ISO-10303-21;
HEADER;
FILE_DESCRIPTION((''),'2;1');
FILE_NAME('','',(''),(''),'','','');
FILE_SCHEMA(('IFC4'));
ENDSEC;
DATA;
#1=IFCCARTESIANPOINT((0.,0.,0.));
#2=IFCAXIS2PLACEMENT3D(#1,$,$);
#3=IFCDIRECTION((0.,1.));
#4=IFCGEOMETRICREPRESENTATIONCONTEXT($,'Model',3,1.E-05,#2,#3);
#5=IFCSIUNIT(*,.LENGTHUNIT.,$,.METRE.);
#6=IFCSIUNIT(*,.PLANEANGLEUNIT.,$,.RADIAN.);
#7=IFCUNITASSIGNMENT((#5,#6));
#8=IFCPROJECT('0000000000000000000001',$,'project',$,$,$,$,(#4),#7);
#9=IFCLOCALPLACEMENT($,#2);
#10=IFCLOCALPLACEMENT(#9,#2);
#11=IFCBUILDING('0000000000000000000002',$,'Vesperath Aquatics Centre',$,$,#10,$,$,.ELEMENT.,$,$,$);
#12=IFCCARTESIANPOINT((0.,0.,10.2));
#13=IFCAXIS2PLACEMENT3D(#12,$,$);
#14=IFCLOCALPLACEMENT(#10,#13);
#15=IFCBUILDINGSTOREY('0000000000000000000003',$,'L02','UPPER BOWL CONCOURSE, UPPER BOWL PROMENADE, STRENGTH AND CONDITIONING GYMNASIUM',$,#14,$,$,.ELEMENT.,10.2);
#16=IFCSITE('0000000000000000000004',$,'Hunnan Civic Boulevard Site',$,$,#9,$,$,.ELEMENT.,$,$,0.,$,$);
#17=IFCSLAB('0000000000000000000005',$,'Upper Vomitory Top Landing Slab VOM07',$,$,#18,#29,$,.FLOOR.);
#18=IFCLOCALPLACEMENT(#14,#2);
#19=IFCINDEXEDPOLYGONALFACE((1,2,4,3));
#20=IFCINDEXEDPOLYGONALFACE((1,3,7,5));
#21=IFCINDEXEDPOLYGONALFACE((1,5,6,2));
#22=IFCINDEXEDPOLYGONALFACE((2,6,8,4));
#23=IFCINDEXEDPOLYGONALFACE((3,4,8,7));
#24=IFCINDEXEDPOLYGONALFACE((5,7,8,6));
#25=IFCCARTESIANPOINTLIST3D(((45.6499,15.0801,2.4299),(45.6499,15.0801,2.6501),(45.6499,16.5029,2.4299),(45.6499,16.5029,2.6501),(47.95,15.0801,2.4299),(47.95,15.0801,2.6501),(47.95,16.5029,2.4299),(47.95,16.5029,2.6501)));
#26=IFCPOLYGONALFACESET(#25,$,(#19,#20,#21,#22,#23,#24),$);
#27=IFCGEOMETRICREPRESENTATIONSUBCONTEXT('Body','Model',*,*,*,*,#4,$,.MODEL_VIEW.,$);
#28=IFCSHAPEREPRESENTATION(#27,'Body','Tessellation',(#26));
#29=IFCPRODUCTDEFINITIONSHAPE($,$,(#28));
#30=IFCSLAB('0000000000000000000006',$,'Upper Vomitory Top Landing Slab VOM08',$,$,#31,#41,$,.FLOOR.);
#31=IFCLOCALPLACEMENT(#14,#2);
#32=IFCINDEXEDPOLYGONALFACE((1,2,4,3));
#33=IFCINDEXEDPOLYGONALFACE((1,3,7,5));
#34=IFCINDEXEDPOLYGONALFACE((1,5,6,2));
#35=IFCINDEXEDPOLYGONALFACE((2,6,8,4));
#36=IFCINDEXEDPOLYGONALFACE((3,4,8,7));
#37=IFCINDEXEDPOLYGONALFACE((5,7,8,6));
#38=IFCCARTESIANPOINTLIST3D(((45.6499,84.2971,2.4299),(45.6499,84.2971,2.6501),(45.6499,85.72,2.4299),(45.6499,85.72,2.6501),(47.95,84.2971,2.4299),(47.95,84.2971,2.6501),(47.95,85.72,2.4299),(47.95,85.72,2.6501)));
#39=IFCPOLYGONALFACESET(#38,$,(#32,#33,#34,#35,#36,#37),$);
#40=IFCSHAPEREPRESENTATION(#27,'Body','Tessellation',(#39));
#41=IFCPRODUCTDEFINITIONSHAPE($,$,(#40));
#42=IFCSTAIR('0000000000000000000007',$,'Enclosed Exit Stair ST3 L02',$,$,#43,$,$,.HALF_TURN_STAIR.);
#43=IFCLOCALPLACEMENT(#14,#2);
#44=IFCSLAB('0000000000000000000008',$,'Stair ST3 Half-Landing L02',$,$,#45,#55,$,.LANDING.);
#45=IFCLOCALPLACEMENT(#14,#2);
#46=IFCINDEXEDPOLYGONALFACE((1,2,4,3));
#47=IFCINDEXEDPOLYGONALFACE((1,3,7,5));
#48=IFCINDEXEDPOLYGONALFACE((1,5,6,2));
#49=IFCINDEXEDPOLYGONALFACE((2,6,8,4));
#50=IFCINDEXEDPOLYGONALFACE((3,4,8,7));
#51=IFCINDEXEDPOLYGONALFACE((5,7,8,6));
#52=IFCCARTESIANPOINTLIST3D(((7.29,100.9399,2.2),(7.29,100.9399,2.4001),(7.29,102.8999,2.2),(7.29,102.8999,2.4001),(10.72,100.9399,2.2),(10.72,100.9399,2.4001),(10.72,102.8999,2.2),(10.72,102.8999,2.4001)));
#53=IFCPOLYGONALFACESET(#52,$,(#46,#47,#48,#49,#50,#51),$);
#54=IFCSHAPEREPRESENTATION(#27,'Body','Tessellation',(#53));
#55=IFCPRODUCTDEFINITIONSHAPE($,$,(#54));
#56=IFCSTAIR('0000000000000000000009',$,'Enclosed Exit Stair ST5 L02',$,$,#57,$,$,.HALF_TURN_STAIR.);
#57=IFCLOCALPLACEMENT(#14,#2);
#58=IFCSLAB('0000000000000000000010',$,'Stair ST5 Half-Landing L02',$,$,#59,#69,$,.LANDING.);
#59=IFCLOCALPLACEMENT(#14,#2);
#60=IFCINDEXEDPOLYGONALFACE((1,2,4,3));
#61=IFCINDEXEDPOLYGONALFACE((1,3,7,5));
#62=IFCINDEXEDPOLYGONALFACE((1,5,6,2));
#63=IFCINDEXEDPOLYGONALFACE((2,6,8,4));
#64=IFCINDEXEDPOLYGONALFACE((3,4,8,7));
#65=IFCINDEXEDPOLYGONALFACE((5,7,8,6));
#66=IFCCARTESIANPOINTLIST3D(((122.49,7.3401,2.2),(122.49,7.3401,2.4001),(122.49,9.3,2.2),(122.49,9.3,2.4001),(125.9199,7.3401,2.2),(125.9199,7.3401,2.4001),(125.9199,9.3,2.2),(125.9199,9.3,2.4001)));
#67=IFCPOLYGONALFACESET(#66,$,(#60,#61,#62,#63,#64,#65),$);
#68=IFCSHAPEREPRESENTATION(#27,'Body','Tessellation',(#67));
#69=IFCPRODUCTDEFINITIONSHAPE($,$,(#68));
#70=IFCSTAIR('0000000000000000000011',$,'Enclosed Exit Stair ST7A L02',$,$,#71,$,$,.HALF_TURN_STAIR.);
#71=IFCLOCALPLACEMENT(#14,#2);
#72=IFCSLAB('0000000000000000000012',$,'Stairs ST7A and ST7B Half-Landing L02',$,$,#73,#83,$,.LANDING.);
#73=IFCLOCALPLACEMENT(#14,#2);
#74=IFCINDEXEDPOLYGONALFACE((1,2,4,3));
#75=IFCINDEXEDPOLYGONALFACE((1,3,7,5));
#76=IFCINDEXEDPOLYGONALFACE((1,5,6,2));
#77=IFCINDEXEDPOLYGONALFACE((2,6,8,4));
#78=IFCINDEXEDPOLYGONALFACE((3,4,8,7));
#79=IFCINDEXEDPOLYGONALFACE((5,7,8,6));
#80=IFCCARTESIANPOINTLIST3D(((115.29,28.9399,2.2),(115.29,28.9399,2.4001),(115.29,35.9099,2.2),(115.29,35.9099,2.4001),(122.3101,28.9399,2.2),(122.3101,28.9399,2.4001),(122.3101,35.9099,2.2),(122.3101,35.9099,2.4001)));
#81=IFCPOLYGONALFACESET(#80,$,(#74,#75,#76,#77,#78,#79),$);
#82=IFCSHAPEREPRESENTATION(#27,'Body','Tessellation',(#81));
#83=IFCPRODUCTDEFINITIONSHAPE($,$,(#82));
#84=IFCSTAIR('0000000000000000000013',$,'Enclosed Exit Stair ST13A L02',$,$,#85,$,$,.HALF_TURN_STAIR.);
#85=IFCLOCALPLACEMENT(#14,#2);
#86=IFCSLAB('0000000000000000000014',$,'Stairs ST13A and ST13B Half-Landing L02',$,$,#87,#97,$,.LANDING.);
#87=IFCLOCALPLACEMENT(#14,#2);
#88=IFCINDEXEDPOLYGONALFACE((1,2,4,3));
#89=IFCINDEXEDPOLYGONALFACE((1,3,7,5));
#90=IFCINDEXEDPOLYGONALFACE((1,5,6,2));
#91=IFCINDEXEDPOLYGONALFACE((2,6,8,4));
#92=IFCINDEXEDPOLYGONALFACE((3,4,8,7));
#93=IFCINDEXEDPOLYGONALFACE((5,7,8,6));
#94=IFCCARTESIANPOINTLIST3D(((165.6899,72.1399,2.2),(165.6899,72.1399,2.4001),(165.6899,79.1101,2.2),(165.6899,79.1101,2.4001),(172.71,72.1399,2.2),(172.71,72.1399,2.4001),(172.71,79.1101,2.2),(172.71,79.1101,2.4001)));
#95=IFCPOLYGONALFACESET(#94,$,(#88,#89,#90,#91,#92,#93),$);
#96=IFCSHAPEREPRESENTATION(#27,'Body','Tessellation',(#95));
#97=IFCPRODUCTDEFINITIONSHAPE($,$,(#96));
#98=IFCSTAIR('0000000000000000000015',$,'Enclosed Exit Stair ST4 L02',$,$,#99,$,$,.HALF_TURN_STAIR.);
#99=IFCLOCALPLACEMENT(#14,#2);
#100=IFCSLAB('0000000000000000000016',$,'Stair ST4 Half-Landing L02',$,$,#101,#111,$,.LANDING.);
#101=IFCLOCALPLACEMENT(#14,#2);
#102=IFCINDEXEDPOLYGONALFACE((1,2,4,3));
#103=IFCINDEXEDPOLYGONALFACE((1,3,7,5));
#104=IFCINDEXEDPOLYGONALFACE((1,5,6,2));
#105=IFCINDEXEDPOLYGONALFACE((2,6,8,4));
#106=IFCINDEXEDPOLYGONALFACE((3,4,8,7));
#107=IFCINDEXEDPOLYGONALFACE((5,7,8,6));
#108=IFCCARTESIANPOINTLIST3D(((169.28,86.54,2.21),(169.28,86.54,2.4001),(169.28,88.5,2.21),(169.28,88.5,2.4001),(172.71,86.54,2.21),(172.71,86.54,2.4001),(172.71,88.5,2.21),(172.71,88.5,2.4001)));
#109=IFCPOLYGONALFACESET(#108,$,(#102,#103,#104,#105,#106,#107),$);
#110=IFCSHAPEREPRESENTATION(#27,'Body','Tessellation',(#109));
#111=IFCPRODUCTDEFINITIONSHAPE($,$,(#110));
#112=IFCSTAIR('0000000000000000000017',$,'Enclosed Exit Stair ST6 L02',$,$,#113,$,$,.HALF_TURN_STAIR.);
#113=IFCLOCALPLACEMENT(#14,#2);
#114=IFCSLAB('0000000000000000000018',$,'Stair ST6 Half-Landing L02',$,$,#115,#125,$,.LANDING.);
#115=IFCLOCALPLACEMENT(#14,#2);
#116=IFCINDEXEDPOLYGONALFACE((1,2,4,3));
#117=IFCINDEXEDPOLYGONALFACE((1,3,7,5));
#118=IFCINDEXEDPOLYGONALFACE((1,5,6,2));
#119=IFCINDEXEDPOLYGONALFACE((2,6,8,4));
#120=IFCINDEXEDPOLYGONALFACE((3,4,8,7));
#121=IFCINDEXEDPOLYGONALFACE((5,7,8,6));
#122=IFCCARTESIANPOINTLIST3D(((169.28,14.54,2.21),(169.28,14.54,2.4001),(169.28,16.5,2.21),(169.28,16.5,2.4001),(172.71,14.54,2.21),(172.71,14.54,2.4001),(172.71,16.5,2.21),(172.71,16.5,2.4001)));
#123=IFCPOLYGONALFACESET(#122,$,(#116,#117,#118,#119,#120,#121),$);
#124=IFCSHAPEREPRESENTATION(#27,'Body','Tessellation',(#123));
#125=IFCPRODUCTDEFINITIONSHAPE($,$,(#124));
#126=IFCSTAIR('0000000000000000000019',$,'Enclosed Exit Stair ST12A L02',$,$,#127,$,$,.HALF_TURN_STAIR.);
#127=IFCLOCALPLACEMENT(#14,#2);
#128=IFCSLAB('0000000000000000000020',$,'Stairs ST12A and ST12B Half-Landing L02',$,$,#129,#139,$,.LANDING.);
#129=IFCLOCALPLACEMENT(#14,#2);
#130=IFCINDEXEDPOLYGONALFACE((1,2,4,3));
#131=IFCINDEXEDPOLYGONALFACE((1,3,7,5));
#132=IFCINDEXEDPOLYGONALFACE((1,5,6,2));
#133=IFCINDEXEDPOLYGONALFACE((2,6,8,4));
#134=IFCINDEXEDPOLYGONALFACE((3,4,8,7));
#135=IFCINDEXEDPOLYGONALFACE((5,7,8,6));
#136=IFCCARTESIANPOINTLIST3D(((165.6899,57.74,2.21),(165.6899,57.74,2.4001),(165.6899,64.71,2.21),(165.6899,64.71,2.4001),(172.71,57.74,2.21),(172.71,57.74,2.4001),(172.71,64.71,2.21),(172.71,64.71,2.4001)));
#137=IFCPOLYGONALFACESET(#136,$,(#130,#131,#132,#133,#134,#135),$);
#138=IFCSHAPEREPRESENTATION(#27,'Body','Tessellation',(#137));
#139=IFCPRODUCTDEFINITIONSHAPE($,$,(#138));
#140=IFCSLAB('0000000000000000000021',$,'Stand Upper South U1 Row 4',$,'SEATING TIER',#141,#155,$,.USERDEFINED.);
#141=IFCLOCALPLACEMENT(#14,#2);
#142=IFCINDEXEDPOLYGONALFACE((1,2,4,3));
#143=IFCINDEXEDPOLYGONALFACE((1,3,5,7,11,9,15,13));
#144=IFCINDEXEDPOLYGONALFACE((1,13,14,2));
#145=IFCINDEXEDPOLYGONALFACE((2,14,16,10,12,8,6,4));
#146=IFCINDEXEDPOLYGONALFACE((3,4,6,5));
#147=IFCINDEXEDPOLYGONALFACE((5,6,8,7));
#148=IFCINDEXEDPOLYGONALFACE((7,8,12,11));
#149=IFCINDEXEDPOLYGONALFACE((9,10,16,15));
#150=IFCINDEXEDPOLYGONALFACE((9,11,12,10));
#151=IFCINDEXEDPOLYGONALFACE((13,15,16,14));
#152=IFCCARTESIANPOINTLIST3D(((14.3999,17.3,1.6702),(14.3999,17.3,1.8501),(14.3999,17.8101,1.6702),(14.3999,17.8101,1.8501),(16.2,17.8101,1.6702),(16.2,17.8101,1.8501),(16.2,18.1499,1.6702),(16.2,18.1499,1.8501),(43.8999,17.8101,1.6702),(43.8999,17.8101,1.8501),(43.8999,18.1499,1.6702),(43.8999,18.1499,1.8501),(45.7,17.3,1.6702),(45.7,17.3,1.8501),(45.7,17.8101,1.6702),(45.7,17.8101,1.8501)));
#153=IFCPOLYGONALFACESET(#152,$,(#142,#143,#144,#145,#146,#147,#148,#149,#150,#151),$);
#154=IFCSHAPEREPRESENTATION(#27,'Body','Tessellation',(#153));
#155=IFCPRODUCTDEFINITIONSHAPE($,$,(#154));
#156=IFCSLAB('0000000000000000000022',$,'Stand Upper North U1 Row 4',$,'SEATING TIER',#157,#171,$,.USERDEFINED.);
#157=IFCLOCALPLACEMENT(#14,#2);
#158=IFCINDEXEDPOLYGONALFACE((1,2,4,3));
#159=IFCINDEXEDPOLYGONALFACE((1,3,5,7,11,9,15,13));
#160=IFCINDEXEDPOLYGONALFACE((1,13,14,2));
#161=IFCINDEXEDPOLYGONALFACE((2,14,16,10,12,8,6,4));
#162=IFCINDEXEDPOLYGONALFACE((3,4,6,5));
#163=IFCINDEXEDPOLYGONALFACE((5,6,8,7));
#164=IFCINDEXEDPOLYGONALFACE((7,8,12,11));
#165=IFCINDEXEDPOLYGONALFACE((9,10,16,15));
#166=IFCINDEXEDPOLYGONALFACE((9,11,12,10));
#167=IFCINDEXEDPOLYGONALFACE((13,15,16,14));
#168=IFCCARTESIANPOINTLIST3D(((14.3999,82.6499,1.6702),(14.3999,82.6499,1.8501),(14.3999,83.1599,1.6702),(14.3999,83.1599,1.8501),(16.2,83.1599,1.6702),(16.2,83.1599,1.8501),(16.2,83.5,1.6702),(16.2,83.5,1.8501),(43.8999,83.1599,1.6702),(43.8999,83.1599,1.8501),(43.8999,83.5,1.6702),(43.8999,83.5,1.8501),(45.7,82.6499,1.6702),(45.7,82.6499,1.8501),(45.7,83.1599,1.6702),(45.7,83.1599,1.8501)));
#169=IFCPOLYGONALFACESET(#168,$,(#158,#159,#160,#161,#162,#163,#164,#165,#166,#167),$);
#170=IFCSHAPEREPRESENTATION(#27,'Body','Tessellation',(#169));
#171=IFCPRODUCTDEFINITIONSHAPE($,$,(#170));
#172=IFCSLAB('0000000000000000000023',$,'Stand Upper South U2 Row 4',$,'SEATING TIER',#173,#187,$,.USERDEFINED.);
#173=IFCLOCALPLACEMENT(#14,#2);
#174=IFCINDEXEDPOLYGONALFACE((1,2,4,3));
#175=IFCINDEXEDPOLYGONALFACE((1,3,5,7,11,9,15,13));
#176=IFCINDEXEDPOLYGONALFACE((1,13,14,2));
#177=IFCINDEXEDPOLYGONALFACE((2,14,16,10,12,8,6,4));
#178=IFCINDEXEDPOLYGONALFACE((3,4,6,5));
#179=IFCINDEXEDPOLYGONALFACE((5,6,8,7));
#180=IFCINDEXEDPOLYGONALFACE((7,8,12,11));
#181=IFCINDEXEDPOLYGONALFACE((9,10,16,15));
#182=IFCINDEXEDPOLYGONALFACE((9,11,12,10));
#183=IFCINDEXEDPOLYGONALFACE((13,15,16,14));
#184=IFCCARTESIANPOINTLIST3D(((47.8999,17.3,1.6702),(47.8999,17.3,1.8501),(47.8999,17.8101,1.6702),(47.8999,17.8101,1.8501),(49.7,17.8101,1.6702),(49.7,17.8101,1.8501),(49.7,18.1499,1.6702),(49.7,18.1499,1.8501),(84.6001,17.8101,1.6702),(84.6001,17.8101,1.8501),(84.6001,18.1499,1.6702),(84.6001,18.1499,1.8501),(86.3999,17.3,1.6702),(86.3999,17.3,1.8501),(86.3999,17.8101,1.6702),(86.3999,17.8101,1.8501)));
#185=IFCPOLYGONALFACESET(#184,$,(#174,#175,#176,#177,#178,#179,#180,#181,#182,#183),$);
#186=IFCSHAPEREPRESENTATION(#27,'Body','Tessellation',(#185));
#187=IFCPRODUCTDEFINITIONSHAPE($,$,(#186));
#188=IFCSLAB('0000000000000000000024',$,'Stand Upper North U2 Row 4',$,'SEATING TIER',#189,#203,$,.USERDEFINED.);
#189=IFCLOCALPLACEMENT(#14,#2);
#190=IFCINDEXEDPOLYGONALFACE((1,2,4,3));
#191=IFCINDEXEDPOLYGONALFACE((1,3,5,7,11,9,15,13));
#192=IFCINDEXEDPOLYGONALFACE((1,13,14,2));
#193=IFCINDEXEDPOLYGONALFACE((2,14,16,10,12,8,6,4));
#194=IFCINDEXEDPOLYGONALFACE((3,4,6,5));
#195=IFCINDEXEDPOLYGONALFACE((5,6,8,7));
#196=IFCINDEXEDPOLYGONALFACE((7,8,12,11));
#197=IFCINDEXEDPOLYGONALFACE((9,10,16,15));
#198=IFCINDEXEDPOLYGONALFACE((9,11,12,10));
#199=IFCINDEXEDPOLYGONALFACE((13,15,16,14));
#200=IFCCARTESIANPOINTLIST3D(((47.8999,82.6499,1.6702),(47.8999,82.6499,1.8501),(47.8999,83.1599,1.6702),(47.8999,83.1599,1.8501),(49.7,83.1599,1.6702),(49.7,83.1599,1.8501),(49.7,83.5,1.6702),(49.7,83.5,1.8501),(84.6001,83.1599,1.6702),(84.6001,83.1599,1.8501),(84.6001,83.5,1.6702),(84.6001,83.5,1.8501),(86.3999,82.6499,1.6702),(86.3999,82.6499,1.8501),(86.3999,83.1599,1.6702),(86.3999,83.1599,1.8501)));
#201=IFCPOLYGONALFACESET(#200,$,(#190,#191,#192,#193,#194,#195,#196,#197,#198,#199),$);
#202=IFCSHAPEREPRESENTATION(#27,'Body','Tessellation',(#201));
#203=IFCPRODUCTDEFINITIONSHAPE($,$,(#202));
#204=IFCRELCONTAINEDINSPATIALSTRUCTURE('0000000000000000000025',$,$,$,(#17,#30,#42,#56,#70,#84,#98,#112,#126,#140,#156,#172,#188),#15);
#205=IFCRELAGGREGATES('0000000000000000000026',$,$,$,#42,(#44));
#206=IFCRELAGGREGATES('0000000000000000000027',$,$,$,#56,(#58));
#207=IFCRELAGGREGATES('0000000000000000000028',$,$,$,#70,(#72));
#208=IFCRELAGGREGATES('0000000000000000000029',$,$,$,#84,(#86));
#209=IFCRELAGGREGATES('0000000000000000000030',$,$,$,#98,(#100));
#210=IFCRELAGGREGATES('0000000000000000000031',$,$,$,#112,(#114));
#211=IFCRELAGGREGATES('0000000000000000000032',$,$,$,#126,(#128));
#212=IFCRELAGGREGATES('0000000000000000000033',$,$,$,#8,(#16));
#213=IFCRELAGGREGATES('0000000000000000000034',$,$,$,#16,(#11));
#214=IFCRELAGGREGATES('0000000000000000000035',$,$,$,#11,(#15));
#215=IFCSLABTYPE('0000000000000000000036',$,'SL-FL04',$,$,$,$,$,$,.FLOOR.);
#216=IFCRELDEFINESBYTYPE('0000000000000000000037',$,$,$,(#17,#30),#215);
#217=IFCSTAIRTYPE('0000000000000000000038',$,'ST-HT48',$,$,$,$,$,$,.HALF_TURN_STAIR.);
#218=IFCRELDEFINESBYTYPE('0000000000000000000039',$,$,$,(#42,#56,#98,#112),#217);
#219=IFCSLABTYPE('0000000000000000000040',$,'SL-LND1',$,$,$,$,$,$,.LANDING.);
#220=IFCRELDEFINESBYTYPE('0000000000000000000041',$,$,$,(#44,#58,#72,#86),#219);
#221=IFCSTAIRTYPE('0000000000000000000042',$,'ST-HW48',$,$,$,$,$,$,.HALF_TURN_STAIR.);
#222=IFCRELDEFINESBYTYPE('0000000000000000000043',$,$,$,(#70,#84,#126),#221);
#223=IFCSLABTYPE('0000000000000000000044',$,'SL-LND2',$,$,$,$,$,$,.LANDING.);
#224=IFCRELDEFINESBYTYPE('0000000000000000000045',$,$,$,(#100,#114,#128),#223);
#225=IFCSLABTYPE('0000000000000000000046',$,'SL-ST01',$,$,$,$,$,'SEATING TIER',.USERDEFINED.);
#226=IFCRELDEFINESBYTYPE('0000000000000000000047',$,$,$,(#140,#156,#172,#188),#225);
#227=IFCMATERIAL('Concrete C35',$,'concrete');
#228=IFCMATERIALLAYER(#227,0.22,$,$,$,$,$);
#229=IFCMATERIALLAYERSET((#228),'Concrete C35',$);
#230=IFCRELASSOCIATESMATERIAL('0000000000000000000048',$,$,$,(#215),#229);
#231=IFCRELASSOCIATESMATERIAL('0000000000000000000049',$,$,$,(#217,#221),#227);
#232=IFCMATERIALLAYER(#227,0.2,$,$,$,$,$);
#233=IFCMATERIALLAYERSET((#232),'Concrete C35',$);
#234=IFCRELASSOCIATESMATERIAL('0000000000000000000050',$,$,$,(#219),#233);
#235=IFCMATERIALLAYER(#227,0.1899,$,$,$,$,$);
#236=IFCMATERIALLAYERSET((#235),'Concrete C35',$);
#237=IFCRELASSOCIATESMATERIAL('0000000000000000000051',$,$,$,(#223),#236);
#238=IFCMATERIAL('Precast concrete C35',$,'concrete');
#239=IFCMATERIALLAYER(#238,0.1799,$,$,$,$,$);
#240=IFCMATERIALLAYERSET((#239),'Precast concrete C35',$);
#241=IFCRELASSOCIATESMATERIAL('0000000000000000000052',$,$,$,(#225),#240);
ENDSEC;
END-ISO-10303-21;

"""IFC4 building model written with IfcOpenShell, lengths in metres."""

from ifc_helpers import new_model, si_unit, direction, frame, origin, place, context, subcontext, project, spatial, polyline, outline, extrude, material, layer, layer_set, type_object, element, aggregate, save


model = new_model("IFC4")

# Units and contexts
model_context = context("Model", 3, precision=1e-05, world=origin(), true_north=direction((0.0, 1.0)))
body_context = subcontext(model_context, "Body", "Model", "MODEL_VIEW")
ifc_project = project(units=[si_unit("LENGTHUNIT", "METRE"), si_unit("PLANEANGLEUNIT", "RADIAN")], contexts=[model_context])

# Site, building, storey
site_placement = place(None, origin())
site = spatial("IfcSite", under=ifc_project, at=site_placement, Name="Hunnan Civic Boulevard Site", CompositionType="ELEMENT", RefElevation=0.0)
building_placement = place(site_placement, origin())
building = spatial("IfcBuilding", under=site, at=building_placement, Name="Vesperath Aquatics Centre", CompositionType="ELEMENT")
storey_placement = place(building_placement, frame((0.0, 0.0, 10.2)))
storey = spatial("IfcBuildingStorey", under=building, at=storey_placement, Name="L02", Description="UPPER BOWL CONCOURSE, UPPER BOWL PROMENADE, STRENGTH AND CONDITIONING GYMNASIUM", CompositionType="ELEMENT", Elevation=10.2)

# Slabs
ifc_material_1 = material(Name="Concrete C35", Category="concrete")
ifc_layer_1 = layer(ifc_material_1, 0.22)
ifc_layer_set_1 = layer_set([ifc_layer_1], Name="Concrete C35")
slab_type_1 = type_object("IfcSlabType", Name="SL-FL04", PredefinedType="FLOOR", material=ifc_layer_set_1)
slab_1_placement = place(storey_placement, frame((0.0, 0.0, 2.4299)))
element("IfcSlab", 1, at=slab_1_placement, inside=storey, type_object=slab_type_1, Name="Upper Vomitory Top Landing Slab VOM07", PredefinedType="FLOOR", context=body_context, shape_type="SweptSolid", body=[
    extrude(outline(polyline([(45.6499, 15.0801), (47.95, 15.0801), (47.95, 16.5029), (45.6499, 16.5029), (45.6499, 15.0801)])), origin(), (0.0, 0.0, 1.0), 0.2202),
])
slab_2_placement = place(storey_placement, frame((0.0, 0.0, 2.4299)))
element("IfcSlab", 2, at=slab_2_placement, inside=storey, type_object=slab_type_1, Name="Upper Vomitory Top Landing Slab VOM08", PredefinedType="FLOOR", context=body_context, shape_type="SweptSolid", body=[
    extrude(outline(polyline([(45.6499, 84.2971), (47.95, 84.2971), (47.95, 85.72), (45.6499, 85.72), (45.6499, 84.2971)])), origin(), (0.0, 0.0, 1.0), 0.2202),
])

# Stairs, slabs
stair_type_1 = type_object("IfcStairType", Name="ST-HT48", PredefinedType="HALF_TURN_STAIR", material=ifc_material_1)
stair_1_placement = place(storey_placement, origin())
stair_1 = element("IfcStair", 3, at=stair_1_placement, inside=storey, type_object=stair_type_1, Name="Enclosed Exit Stair ST3 L02", PredefinedType="HALF_TURN_STAIR")
ifc_layer_2 = layer(ifc_material_1, 0.2)
ifc_layer_set_2 = layer_set([ifc_layer_2], Name="Concrete C35")
slab_type_2 = type_object("IfcSlabType", Name="SL-LND1", PredefinedType="LANDING", material=ifc_layer_set_2)
slab_3_placement = place(storey_placement, frame((0.0, 0.0, 2.2)))
slab_3 = element("IfcSlab", 4, at=slab_3_placement, type_object=slab_type_2, Name="Stair ST3 Half-Landing L02", PredefinedType="LANDING", context=body_context, shape_type="SweptSolid", body=[
    extrude(outline(polyline([(7.29, 100.9399), (10.72, 100.9399), (10.72, 102.8999), (7.29, 102.8999), (7.29, 100.9399)])), origin(), (0.0, 0.0, 1.0), 0.2002),
])
aggregate(stair_1, [slab_3])
stair_2_placement = place(storey_placement, origin())
stair_2 = element("IfcStair", 5, at=stair_2_placement, inside=storey, type_object=stair_type_1, Name="Enclosed Exit Stair ST5 L02", PredefinedType="HALF_TURN_STAIR")
slab_4_placement = place(storey_placement, frame((0.0, 0.0, 2.2)))
slab_4 = element("IfcSlab", 6, at=slab_4_placement, type_object=slab_type_2, Name="Stair ST5 Half-Landing L02", PredefinedType="LANDING", context=body_context, shape_type="SweptSolid", body=[
    extrude(outline(polyline([(122.49, 7.3401), (125.9199, 7.3401), (125.9199, 9.3), (122.49, 9.3), (122.49, 7.3401)])), origin(), (0.0, 0.0, 1.0), 0.2002),
])
aggregate(stair_2, [slab_4])
stair_type_2 = type_object("IfcStairType", Name="ST-HW48", PredefinedType="HALF_TURN_STAIR", material=ifc_material_1)
stair_3_placement = place(storey_placement, origin())
stair_3 = element("IfcStair", 7, at=stair_3_placement, inside=storey, type_object=stair_type_2, Name="Enclosed Exit Stair ST7A L02", PredefinedType="HALF_TURN_STAIR")
slab_5_placement = place(storey_placement, frame((0.0, 0.0, 2.2)))
slab_5 = element("IfcSlab", 8, at=slab_5_placement, type_object=slab_type_2, Name="Stairs ST7A and ST7B Half-Landing L02", PredefinedType="LANDING", context=body_context, shape_type="SweptSolid", body=[
    extrude(outline(polyline([(115.29, 28.9399), (122.3101, 28.9399), (122.3101, 35.9099), (115.29, 35.9099), (115.29, 28.9399)])), origin(), (0.0, 0.0, 1.0), 0.2002),
])
aggregate(stair_3, [slab_5])
stair_4_placement = place(storey_placement, origin())
stair_4 = element("IfcStair", 9, at=stair_4_placement, inside=storey, type_object=stair_type_2, Name="Enclosed Exit Stair ST13A L02", PredefinedType="HALF_TURN_STAIR")
slab_6_placement = place(storey_placement, frame((0.0, 0.0, 2.2)))
slab_6 = element("IfcSlab", 10, at=slab_6_placement, type_object=slab_type_2, Name="Stairs ST13A and ST13B Half-Landing L02", PredefinedType="LANDING", context=body_context, shape_type="SweptSolid", body=[
    extrude(outline(polyline([(165.6899, 72.1399), (172.71, 72.1399), (172.71, 79.1101), (165.6899, 79.1101), (165.6899, 72.1399)])), origin(), (0.0, 0.0, 1.0), 0.2002),
])
aggregate(stair_4, [slab_6])
stair_5_placement = place(storey_placement, origin())
stair_5 = element("IfcStair", 11, at=stair_5_placement, inside=storey, type_object=stair_type_1, Name="Enclosed Exit Stair ST4 L02", PredefinedType="HALF_TURN_STAIR")
ifc_layer_3 = layer(ifc_material_1, 0.1899)
ifc_layer_set_3 = layer_set([ifc_layer_3], Name="Concrete C35")
slab_type_3 = type_object("IfcSlabType", Name="SL-LND2", PredefinedType="LANDING", material=ifc_layer_set_3)
slab_7_placement = place(storey_placement, frame((0.0, 0.0, 2.21)))
slab_7 = element("IfcSlab", 12, at=slab_7_placement, type_object=slab_type_3, Name="Stair ST4 Half-Landing L02", PredefinedType="LANDING", context=body_context, shape_type="SweptSolid", body=[
    extrude(outline(polyline([(169.28, 86.54), (172.71, 86.54), (172.71, 88.5), (169.28, 88.5), (169.28, 86.54)])), origin(), (0.0, 0.0, 1.0), 0.1902),
])
aggregate(stair_5, [slab_7])
stair_6_placement = place(storey_placement, origin())
stair_6 = element("IfcStair", 13, at=stair_6_placement, inside=storey, type_object=stair_type_1, Name="Enclosed Exit Stair ST6 L02", PredefinedType="HALF_TURN_STAIR")
slab_8_placement = place(storey_placement, frame((0.0, 0.0, 2.21)))
slab_8 = element("IfcSlab", 14, at=slab_8_placement, type_object=slab_type_3, Name="Stair ST6 Half-Landing L02", PredefinedType="LANDING", context=body_context, shape_type="SweptSolid", body=[
    extrude(outline(polyline([(169.28, 14.54), (172.71, 14.54), (172.71, 16.5), (169.28, 16.5), (169.28, 14.54)])), origin(), (0.0, 0.0, 1.0), 0.1902),
])
aggregate(stair_6, [slab_8])
stair_7_placement = place(storey_placement, origin())
stair_7 = element("IfcStair", 15, at=stair_7_placement, inside=storey, type_object=stair_type_2, Name="Enclosed Exit Stair ST12A L02", PredefinedType="HALF_TURN_STAIR")
slab_9_placement = place(storey_placement, frame((0.0, 0.0, 2.21)))
slab_9 = element("IfcSlab", 16, at=slab_9_placement, type_object=slab_type_3, Name="Stairs ST12A and ST12B Half-Landing L02", PredefinedType="LANDING", context=body_context, shape_type="SweptSolid", body=[
    extrude(outline(polyline([(165.6899, 57.74), (172.71, 57.74), (172.71, 64.71), (165.6899, 64.71), (165.6899, 57.74)])), origin(), (0.0, 0.0, 1.0), 0.1902),
])
aggregate(stair_7, [slab_9])

# Slabs
ifc_material_2 = material(Name="Precast concrete C35", Category="concrete")
ifc_layer_4 = layer(ifc_material_2, 0.1799)
ifc_layer_set_4 = layer_set([ifc_layer_4], Name="Precast concrete C35")
slab_type_4 = type_object("IfcSlabType", Name="SL-ST01", ElementType="SEATING TIER", PredefinedType="USERDEFINED", material=ifc_layer_set_4)
slab_10_placement = place(storey_placement, frame((0.0, 0.0, 1.6702)))
element("IfcSlab", 17, at=slab_10_placement, inside=storey, type_object=slab_type_4, Name="Stand Upper South U1 Row 4", ObjectType="SEATING TIER", PredefinedType="USERDEFINED", context=body_context, shape_type="SweptSolid", body=[
    extrude(outline(polyline([(14.3999, 17.3), (45.7, 17.3), (45.7, 17.8101), (43.8999, 17.8101), (43.8999, 18.1499), (16.2, 18.1499), (16.2, 17.8101), (14.3999, 17.8101), (14.3999, 17.3)])), origin(), (0.0, 0.0, 1.0), 0.1799),
])
slab_11_placement = place(storey_placement, frame((0.0, 0.0, 1.6702)))
element("IfcSlab", 18, at=slab_11_placement, inside=storey, type_object=slab_type_4, Name="Stand Upper North U1 Row 4", ObjectType="SEATING TIER", PredefinedType="USERDEFINED", context=body_context, shape_type="SweptSolid", body=[
    extrude(outline(polyline([(14.3999, 82.6499), (45.7, 82.6499), (45.7, 83.1599), (43.8999, 83.1599), (43.8999, 83.5), (16.2, 83.5), (16.2, 83.1599), (14.3999, 83.1599), (14.3999, 82.6499)])), origin(), (0.0, 0.0, 1.0), 0.1799),
])
slab_12_placement = place(storey_placement, frame((0.0, 0.0, 1.6702)))
element("IfcSlab", 19, at=slab_12_placement, inside=storey, type_object=slab_type_4, Name="Stand Upper South U2 Row 4", ObjectType="SEATING TIER", PredefinedType="USERDEFINED", context=body_context, shape_type="SweptSolid", body=[
    extrude(outline(polyline([(47.8999, 17.3), (86.3999, 17.3), (86.3999, 17.8101), (84.6001, 17.8101), (84.6001, 18.1499), (49.7, 18.1499), (49.7, 17.8101), (47.8999, 17.8101), (47.8999, 17.3)])), origin(), (0.0, 0.0, 1.0), 0.1799),
])
slab_13_placement = place(storey_placement, frame((0.0, 0.0, 1.6702)))
element("IfcSlab", 20, at=slab_13_placement, inside=storey, type_object=slab_type_4, Name="Stand Upper North U2 Row 4", ObjectType="SEATING TIER", PredefinedType="USERDEFINED", context=body_context, shape_type="SweptSolid", body=[
    extrude(outline(polyline([(47.8999, 82.6499), (86.3999, 82.6499), (86.3999, 83.1599), (84.6001, 83.1599), (84.6001, 83.5), (49.7, 83.5), (49.7, 83.1599), (47.8999, 83.1599), (47.8999, 82.6499)])), origin(), (0.0, 0.0, 1.0), 0.1799),
])

save(model, "model.ifc")
